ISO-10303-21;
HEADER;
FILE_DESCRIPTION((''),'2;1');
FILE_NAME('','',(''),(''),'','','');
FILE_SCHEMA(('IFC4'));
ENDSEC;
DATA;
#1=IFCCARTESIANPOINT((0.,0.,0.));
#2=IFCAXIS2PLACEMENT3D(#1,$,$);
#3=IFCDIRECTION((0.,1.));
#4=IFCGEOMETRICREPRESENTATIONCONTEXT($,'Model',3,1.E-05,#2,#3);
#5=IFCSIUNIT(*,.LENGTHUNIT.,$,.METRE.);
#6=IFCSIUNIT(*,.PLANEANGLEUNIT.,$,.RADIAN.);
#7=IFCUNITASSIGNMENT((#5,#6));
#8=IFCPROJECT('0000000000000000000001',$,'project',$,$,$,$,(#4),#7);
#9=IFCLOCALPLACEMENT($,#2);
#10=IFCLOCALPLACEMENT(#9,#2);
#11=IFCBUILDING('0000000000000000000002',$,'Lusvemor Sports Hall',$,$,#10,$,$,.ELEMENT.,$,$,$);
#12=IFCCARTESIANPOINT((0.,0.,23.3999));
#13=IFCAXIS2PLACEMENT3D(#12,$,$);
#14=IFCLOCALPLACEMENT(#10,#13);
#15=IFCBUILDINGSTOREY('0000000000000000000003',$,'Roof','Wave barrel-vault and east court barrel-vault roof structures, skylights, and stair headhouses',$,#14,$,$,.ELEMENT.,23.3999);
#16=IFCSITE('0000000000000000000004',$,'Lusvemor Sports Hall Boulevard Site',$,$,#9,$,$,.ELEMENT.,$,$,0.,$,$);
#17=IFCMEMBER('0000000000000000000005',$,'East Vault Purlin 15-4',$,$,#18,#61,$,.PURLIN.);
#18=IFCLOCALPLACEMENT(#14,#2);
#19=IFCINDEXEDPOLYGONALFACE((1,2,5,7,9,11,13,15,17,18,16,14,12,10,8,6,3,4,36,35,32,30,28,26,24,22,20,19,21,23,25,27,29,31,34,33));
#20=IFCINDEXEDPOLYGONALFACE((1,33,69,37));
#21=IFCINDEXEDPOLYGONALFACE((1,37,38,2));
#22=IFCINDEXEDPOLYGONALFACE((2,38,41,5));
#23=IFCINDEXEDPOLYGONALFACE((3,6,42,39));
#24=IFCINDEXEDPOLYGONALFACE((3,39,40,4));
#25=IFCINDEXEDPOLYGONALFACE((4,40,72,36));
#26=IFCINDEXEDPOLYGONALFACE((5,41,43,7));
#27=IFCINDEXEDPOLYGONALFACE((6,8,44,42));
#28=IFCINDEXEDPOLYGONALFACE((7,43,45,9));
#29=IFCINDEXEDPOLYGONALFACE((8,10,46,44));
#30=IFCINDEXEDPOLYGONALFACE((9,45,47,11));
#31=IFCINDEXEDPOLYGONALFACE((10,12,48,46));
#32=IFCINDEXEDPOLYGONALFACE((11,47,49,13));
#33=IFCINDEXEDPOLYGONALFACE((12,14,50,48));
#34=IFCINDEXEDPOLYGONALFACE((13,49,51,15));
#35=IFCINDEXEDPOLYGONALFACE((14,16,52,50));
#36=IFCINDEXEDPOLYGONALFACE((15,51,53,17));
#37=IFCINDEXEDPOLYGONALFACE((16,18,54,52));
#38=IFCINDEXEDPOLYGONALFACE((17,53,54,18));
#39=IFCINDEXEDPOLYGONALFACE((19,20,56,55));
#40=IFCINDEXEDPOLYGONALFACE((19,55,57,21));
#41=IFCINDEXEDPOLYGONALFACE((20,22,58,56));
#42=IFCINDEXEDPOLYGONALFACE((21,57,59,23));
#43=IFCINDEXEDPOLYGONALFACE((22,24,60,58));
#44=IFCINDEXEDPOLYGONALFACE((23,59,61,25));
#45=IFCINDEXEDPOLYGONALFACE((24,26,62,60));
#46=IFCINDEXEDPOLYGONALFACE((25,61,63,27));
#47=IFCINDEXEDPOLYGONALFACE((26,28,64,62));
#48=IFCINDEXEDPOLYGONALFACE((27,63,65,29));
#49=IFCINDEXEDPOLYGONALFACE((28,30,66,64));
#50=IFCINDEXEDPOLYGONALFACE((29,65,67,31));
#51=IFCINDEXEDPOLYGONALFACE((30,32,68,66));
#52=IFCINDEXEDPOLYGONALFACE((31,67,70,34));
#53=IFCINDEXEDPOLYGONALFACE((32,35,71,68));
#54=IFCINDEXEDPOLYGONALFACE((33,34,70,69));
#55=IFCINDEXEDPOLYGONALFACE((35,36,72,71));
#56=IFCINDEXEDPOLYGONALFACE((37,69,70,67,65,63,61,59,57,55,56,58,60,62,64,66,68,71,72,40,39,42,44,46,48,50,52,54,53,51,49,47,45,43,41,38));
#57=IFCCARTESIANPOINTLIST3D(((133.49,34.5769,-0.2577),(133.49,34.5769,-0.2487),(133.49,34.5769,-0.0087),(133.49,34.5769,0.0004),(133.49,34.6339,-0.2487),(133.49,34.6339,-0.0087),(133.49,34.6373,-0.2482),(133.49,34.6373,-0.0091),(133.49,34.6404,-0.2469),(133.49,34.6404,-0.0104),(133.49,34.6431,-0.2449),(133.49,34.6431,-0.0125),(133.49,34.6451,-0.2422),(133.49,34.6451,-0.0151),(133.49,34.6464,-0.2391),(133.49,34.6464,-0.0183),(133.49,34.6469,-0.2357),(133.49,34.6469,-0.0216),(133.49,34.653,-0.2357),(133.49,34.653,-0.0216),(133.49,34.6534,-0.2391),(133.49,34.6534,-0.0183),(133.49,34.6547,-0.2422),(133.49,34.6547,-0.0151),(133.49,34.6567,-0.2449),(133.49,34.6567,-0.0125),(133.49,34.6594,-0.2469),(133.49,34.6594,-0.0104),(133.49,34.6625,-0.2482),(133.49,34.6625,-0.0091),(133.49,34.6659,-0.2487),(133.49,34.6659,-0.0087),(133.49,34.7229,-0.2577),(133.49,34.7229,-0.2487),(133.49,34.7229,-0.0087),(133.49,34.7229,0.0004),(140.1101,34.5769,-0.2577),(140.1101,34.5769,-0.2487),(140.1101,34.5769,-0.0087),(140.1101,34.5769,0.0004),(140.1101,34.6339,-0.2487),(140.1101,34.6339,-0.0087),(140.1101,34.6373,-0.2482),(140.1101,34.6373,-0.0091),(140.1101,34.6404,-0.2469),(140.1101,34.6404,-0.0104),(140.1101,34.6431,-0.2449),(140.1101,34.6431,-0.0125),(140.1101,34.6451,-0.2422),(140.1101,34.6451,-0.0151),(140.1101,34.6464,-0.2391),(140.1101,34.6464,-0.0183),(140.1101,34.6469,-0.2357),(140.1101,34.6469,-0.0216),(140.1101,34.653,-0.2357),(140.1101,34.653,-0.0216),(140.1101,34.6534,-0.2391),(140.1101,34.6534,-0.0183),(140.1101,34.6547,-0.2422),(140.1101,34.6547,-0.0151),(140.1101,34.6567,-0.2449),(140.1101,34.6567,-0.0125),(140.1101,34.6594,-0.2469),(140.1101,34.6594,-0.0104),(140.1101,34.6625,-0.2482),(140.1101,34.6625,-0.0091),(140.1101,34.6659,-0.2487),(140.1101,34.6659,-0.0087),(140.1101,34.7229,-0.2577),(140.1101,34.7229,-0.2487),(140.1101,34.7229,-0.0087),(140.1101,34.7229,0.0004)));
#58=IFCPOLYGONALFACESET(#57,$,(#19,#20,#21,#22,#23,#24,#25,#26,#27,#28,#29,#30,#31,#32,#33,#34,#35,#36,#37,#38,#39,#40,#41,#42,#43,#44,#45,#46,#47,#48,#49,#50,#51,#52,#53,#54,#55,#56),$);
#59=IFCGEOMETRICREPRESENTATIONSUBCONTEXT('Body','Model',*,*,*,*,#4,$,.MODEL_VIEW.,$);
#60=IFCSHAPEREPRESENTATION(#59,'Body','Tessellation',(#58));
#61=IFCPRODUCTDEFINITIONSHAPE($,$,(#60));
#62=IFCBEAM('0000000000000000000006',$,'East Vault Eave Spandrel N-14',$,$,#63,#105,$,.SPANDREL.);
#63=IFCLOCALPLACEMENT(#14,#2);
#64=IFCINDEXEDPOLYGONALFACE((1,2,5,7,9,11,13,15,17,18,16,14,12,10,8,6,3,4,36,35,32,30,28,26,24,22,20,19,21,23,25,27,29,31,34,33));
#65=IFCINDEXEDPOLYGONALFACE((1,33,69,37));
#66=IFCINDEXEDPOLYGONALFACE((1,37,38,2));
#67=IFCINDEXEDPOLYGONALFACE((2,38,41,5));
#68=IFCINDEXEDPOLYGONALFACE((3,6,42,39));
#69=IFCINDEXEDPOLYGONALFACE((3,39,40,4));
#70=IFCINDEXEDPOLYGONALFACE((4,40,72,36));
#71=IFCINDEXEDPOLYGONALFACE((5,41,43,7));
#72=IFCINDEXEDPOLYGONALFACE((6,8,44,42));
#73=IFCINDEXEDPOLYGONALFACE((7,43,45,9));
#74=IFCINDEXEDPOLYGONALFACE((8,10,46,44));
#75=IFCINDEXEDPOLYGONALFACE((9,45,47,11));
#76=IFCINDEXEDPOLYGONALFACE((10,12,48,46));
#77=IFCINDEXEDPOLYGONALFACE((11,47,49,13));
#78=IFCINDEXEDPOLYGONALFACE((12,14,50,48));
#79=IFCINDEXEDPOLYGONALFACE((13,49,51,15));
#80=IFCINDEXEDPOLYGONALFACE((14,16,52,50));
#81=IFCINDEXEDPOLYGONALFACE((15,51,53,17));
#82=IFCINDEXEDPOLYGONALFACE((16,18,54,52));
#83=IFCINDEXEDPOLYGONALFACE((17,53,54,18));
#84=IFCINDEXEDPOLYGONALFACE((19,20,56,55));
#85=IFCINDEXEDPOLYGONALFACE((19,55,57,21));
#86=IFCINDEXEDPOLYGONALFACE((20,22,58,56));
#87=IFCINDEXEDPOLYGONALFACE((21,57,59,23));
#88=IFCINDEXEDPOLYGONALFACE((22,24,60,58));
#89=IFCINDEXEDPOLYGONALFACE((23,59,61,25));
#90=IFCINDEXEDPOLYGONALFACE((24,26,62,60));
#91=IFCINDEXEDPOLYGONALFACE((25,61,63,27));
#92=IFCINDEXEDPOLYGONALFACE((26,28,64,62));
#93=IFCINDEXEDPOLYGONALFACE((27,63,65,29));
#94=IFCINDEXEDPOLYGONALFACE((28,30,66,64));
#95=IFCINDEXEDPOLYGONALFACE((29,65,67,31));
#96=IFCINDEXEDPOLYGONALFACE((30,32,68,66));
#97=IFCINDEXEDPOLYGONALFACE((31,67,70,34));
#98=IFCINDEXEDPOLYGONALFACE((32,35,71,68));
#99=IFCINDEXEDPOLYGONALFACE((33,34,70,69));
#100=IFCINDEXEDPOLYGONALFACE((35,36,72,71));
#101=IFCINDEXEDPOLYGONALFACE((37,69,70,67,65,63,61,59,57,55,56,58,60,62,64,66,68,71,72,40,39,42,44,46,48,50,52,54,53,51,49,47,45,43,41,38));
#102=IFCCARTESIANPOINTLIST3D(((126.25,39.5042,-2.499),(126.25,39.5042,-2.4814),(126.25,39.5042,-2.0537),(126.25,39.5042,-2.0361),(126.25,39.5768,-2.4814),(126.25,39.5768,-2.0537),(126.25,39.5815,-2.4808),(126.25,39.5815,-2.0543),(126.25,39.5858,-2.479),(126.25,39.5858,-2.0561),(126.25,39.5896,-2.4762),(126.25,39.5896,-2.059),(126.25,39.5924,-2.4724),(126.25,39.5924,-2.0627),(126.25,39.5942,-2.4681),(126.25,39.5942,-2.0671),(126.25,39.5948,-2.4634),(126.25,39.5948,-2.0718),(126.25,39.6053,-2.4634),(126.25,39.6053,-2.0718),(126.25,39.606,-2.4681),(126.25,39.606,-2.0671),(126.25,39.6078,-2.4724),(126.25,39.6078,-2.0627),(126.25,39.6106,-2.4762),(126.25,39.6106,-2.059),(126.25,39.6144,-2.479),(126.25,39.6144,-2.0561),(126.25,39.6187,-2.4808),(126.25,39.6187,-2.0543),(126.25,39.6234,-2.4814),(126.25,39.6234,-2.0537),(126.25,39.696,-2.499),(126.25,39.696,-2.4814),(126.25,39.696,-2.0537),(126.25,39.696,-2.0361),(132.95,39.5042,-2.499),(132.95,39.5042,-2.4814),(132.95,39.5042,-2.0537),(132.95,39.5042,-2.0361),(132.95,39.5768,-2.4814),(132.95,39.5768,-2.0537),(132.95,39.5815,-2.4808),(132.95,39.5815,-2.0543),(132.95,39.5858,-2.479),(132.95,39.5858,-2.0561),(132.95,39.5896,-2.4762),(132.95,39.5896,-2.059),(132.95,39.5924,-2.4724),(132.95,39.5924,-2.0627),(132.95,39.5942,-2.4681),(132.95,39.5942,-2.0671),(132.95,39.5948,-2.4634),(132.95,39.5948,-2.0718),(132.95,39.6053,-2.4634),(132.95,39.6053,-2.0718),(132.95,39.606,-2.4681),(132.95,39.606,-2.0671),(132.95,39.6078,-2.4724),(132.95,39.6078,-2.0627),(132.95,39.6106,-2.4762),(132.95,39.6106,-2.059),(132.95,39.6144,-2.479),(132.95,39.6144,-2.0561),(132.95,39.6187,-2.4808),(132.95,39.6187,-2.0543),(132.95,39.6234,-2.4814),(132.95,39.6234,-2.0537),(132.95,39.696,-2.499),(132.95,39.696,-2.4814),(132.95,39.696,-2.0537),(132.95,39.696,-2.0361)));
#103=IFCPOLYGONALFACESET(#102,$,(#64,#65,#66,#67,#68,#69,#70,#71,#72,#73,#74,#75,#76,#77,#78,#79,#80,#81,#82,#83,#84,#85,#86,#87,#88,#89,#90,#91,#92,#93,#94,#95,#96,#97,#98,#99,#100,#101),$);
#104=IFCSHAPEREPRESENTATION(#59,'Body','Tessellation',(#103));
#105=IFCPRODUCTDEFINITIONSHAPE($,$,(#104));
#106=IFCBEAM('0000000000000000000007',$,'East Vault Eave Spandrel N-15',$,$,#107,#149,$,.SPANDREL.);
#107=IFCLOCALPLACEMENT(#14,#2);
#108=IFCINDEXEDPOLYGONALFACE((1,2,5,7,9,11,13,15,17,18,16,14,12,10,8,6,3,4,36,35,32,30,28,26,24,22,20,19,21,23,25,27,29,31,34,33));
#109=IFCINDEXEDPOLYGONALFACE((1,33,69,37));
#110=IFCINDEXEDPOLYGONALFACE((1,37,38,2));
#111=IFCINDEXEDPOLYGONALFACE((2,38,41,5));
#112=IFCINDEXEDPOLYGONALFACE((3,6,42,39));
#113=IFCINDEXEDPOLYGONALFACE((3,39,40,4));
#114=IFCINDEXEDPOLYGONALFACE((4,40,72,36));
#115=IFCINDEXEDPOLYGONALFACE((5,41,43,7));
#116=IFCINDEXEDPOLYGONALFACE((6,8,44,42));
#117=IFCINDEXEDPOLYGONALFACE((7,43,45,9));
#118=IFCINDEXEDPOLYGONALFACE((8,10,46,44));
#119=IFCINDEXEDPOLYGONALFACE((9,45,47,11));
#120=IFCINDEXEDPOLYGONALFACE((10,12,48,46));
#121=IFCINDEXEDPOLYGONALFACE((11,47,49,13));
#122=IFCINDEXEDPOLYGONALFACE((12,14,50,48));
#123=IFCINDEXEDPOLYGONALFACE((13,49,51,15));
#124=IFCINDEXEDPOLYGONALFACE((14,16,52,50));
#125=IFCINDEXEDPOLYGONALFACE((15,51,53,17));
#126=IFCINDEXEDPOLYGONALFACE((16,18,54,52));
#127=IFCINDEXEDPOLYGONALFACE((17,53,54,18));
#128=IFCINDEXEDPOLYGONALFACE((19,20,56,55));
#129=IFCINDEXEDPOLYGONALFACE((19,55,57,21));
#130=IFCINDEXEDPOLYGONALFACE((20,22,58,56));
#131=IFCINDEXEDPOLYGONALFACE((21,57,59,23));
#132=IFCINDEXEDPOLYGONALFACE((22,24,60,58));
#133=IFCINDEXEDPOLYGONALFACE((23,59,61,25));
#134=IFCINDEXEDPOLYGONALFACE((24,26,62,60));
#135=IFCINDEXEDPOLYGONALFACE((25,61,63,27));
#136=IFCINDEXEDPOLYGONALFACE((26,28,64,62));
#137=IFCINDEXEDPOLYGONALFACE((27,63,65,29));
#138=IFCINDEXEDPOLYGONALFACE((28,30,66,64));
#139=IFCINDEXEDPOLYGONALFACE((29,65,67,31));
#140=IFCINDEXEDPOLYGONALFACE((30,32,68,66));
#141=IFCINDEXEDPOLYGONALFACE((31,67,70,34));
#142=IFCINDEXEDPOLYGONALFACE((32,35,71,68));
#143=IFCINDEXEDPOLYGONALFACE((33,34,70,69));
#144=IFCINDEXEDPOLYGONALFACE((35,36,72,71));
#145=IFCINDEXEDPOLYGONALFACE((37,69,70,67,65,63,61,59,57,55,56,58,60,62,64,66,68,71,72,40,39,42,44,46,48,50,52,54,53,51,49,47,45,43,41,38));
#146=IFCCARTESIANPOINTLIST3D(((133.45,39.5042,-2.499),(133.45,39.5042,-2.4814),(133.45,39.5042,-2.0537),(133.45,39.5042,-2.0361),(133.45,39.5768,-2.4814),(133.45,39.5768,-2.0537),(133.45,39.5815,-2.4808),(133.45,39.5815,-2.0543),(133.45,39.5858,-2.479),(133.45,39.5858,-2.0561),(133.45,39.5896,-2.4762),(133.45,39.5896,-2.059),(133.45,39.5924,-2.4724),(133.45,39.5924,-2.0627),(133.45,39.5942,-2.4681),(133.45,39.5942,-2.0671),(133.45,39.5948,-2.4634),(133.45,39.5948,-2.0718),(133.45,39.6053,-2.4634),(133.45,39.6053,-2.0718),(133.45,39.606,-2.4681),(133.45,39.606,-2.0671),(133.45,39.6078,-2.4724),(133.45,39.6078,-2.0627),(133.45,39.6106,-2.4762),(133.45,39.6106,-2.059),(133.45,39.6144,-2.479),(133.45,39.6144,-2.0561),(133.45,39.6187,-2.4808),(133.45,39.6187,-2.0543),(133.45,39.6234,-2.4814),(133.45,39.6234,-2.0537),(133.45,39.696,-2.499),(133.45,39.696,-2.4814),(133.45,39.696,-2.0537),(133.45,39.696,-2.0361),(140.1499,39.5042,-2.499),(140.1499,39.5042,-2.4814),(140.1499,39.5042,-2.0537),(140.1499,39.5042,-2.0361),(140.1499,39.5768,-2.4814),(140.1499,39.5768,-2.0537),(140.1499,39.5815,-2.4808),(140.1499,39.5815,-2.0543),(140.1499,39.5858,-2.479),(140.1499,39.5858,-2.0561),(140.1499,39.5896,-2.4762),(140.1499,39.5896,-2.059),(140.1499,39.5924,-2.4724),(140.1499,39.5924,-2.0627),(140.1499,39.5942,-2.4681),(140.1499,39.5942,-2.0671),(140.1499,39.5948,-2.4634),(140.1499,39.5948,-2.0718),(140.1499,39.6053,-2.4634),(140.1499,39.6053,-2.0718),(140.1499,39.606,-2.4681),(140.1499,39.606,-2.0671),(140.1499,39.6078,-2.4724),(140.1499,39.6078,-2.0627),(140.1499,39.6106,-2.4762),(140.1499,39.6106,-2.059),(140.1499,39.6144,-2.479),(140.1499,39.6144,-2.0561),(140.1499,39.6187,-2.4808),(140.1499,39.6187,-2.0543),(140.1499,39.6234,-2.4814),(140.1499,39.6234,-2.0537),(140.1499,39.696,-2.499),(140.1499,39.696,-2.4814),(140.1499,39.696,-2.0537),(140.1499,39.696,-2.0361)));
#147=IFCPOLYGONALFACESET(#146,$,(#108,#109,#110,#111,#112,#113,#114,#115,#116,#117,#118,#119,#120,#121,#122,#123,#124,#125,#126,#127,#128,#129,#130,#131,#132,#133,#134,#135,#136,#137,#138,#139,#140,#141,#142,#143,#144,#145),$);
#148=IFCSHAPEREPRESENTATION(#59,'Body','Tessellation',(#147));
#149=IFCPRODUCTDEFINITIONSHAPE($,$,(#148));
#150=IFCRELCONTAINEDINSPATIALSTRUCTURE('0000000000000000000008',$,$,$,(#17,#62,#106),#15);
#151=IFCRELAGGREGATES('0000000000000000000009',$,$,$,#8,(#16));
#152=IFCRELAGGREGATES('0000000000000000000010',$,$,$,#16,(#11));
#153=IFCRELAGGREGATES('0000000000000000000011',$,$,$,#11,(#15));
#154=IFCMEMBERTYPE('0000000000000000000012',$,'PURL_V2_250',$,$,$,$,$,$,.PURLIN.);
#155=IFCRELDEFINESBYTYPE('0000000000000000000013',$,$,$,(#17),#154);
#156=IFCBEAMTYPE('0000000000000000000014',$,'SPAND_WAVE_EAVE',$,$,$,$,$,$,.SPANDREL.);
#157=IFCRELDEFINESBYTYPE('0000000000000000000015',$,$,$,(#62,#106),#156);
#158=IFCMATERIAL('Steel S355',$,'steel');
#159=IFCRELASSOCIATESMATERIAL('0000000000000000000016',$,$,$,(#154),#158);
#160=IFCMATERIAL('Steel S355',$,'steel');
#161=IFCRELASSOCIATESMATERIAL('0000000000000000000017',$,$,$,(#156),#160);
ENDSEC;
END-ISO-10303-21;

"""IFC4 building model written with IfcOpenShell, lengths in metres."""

from ifc_helpers import new_model, si_unit, direction, frame, origin, origin_2d, place, context, subcontext, project, spatial, i_section, extrude, material, material_profile, profile_set, type_object, element, save


model = new_model("IFC4")

# Units and contexts
model_context = context("Model", 3, precision=1e-05, world=origin(), true_north=direction((0.0, 1.0)))
body_context = subcontext(model_context, "Body", "Model", "MODEL_VIEW")
ifc_project = project(units=[si_unit("LENGTHUNIT", "METRE"), si_unit("PLANEANGLEUNIT", "RADIAN")], contexts=[model_context])

# Site, building, storey
site_placement = place(None, origin())
site = spatial("IfcSite", under=ifc_project, at=site_placement, Name="Lusvemor Sports Hall Boulevard Site", CompositionType="ELEMENT", RefElevation=0.0)
building_placement = place(site_placement, origin())
building = spatial("IfcBuilding", under=site, at=building_placement, Name="Lusvemor Sports Hall", CompositionType="ELEMENT")
storey_placement = place(building_placement, frame((0.0, 0.0, 23.3999)))
storey = spatial("IfcBuildingStorey", under=building, at=storey_placement, Name="Roof", Description="Wave barrel-vault and east court barrel-vault roof structures, skylights, and stair headhouses", CompositionType="ELEMENT", Elevation=23.3999)

# Member
ifc_material_1 = material(Name="Steel S355", Category="steel")
ifc_material_profile_1 = material_profile(ifc_material_1, i_section(OverallWidth=0.146, OverallDepth=0.2581, WebThickness=0.0061, FlangeThickness=0.009, FilletRadius=0.0129, at=origin_2d()), Name="W250x32.7")
ifc_profile_set_1 = profile_set([ifc_material_profile_1], Name="Steel S355")
member_type_1 = type_object("IfcMemberType", Name="PURL_V2_250", PredefinedType="PURLIN", material=ifc_profile_set_1)
for number, where, z_axis, x_axis, name in (
    (1, (133.49, 34.6499, -0.1287), (1.0, 0.0, 0.0), (0.0, 1.0, 0.0), "East Vault Purlin 15-4"),
):
    element("IfcMember", number, at=place(storey_placement, frame(where, z_axis=z_axis, x_axis=x_axis)), inside=storey, type_object=member_type_1, Name=name, PredefinedType="PURLIN", context=body_context, shape_type="SweptSolid", body=[
        extrude(i_section(OverallWidth=0.146, OverallDepth=0.2581, WebThickness=0.0061, FlangeThickness=0.009, FilletRadius=0.0129, at=origin_2d()), origin(), (0.0, 0.0, 1.0), 6.6201),
    ])

# Beams
ifc_material_2 = material(Name="Steel S355", Category="steel")
ifc_material_profile_2 = material_profile(ifc_material_2, i_section(OverallWidth=0.1919, OverallDepth=0.4629, WebThickness=0.0105, FlangeThickness=0.0176, FilletRadius=0.0181, at=origin_2d()), Name="W460x89.0")
ifc_profile_set_2 = profile_set([ifc_material_profile_2], Name="Steel S355")
beam_type_1 = type_object("IfcBeamType", Name="SPAND_WAVE_EAVE", PredefinedType="SPANDREL", material=ifc_profile_set_2)
for number, where, z_axis, x_axis, name in (
    (2, (126.25, 39.6001, -2.2676), (1.0, 0.0, 0.0), (0.0, 1.0, 0.0), "East Vault Eave Spandrel N-14"),
    (3, (133.45, 39.6001, -2.2676), (1.0, 0.0, 0.0), (0.0, 1.0, 0.0), "East Vault Eave Spandrel N-15"),
):
    element("IfcBeam", number, at=place(storey_placement, frame(where, z_axis=z_axis, x_axis=x_axis)), inside=storey, type_object=beam_type_1, Name=name, PredefinedType="SPANDREL", context=body_context, shape_type="SweptSolid", body=[
        extrude(i_section(OverallWidth=0.1919, OverallDepth=0.4629, WebThickness=0.0105, FlangeThickness=0.0176, FilletRadius=0.0181, at=origin_2d()), origin(), (0.0, 0.0, 1.0), 6.7),
    ])

save(model, "model.ifc")
